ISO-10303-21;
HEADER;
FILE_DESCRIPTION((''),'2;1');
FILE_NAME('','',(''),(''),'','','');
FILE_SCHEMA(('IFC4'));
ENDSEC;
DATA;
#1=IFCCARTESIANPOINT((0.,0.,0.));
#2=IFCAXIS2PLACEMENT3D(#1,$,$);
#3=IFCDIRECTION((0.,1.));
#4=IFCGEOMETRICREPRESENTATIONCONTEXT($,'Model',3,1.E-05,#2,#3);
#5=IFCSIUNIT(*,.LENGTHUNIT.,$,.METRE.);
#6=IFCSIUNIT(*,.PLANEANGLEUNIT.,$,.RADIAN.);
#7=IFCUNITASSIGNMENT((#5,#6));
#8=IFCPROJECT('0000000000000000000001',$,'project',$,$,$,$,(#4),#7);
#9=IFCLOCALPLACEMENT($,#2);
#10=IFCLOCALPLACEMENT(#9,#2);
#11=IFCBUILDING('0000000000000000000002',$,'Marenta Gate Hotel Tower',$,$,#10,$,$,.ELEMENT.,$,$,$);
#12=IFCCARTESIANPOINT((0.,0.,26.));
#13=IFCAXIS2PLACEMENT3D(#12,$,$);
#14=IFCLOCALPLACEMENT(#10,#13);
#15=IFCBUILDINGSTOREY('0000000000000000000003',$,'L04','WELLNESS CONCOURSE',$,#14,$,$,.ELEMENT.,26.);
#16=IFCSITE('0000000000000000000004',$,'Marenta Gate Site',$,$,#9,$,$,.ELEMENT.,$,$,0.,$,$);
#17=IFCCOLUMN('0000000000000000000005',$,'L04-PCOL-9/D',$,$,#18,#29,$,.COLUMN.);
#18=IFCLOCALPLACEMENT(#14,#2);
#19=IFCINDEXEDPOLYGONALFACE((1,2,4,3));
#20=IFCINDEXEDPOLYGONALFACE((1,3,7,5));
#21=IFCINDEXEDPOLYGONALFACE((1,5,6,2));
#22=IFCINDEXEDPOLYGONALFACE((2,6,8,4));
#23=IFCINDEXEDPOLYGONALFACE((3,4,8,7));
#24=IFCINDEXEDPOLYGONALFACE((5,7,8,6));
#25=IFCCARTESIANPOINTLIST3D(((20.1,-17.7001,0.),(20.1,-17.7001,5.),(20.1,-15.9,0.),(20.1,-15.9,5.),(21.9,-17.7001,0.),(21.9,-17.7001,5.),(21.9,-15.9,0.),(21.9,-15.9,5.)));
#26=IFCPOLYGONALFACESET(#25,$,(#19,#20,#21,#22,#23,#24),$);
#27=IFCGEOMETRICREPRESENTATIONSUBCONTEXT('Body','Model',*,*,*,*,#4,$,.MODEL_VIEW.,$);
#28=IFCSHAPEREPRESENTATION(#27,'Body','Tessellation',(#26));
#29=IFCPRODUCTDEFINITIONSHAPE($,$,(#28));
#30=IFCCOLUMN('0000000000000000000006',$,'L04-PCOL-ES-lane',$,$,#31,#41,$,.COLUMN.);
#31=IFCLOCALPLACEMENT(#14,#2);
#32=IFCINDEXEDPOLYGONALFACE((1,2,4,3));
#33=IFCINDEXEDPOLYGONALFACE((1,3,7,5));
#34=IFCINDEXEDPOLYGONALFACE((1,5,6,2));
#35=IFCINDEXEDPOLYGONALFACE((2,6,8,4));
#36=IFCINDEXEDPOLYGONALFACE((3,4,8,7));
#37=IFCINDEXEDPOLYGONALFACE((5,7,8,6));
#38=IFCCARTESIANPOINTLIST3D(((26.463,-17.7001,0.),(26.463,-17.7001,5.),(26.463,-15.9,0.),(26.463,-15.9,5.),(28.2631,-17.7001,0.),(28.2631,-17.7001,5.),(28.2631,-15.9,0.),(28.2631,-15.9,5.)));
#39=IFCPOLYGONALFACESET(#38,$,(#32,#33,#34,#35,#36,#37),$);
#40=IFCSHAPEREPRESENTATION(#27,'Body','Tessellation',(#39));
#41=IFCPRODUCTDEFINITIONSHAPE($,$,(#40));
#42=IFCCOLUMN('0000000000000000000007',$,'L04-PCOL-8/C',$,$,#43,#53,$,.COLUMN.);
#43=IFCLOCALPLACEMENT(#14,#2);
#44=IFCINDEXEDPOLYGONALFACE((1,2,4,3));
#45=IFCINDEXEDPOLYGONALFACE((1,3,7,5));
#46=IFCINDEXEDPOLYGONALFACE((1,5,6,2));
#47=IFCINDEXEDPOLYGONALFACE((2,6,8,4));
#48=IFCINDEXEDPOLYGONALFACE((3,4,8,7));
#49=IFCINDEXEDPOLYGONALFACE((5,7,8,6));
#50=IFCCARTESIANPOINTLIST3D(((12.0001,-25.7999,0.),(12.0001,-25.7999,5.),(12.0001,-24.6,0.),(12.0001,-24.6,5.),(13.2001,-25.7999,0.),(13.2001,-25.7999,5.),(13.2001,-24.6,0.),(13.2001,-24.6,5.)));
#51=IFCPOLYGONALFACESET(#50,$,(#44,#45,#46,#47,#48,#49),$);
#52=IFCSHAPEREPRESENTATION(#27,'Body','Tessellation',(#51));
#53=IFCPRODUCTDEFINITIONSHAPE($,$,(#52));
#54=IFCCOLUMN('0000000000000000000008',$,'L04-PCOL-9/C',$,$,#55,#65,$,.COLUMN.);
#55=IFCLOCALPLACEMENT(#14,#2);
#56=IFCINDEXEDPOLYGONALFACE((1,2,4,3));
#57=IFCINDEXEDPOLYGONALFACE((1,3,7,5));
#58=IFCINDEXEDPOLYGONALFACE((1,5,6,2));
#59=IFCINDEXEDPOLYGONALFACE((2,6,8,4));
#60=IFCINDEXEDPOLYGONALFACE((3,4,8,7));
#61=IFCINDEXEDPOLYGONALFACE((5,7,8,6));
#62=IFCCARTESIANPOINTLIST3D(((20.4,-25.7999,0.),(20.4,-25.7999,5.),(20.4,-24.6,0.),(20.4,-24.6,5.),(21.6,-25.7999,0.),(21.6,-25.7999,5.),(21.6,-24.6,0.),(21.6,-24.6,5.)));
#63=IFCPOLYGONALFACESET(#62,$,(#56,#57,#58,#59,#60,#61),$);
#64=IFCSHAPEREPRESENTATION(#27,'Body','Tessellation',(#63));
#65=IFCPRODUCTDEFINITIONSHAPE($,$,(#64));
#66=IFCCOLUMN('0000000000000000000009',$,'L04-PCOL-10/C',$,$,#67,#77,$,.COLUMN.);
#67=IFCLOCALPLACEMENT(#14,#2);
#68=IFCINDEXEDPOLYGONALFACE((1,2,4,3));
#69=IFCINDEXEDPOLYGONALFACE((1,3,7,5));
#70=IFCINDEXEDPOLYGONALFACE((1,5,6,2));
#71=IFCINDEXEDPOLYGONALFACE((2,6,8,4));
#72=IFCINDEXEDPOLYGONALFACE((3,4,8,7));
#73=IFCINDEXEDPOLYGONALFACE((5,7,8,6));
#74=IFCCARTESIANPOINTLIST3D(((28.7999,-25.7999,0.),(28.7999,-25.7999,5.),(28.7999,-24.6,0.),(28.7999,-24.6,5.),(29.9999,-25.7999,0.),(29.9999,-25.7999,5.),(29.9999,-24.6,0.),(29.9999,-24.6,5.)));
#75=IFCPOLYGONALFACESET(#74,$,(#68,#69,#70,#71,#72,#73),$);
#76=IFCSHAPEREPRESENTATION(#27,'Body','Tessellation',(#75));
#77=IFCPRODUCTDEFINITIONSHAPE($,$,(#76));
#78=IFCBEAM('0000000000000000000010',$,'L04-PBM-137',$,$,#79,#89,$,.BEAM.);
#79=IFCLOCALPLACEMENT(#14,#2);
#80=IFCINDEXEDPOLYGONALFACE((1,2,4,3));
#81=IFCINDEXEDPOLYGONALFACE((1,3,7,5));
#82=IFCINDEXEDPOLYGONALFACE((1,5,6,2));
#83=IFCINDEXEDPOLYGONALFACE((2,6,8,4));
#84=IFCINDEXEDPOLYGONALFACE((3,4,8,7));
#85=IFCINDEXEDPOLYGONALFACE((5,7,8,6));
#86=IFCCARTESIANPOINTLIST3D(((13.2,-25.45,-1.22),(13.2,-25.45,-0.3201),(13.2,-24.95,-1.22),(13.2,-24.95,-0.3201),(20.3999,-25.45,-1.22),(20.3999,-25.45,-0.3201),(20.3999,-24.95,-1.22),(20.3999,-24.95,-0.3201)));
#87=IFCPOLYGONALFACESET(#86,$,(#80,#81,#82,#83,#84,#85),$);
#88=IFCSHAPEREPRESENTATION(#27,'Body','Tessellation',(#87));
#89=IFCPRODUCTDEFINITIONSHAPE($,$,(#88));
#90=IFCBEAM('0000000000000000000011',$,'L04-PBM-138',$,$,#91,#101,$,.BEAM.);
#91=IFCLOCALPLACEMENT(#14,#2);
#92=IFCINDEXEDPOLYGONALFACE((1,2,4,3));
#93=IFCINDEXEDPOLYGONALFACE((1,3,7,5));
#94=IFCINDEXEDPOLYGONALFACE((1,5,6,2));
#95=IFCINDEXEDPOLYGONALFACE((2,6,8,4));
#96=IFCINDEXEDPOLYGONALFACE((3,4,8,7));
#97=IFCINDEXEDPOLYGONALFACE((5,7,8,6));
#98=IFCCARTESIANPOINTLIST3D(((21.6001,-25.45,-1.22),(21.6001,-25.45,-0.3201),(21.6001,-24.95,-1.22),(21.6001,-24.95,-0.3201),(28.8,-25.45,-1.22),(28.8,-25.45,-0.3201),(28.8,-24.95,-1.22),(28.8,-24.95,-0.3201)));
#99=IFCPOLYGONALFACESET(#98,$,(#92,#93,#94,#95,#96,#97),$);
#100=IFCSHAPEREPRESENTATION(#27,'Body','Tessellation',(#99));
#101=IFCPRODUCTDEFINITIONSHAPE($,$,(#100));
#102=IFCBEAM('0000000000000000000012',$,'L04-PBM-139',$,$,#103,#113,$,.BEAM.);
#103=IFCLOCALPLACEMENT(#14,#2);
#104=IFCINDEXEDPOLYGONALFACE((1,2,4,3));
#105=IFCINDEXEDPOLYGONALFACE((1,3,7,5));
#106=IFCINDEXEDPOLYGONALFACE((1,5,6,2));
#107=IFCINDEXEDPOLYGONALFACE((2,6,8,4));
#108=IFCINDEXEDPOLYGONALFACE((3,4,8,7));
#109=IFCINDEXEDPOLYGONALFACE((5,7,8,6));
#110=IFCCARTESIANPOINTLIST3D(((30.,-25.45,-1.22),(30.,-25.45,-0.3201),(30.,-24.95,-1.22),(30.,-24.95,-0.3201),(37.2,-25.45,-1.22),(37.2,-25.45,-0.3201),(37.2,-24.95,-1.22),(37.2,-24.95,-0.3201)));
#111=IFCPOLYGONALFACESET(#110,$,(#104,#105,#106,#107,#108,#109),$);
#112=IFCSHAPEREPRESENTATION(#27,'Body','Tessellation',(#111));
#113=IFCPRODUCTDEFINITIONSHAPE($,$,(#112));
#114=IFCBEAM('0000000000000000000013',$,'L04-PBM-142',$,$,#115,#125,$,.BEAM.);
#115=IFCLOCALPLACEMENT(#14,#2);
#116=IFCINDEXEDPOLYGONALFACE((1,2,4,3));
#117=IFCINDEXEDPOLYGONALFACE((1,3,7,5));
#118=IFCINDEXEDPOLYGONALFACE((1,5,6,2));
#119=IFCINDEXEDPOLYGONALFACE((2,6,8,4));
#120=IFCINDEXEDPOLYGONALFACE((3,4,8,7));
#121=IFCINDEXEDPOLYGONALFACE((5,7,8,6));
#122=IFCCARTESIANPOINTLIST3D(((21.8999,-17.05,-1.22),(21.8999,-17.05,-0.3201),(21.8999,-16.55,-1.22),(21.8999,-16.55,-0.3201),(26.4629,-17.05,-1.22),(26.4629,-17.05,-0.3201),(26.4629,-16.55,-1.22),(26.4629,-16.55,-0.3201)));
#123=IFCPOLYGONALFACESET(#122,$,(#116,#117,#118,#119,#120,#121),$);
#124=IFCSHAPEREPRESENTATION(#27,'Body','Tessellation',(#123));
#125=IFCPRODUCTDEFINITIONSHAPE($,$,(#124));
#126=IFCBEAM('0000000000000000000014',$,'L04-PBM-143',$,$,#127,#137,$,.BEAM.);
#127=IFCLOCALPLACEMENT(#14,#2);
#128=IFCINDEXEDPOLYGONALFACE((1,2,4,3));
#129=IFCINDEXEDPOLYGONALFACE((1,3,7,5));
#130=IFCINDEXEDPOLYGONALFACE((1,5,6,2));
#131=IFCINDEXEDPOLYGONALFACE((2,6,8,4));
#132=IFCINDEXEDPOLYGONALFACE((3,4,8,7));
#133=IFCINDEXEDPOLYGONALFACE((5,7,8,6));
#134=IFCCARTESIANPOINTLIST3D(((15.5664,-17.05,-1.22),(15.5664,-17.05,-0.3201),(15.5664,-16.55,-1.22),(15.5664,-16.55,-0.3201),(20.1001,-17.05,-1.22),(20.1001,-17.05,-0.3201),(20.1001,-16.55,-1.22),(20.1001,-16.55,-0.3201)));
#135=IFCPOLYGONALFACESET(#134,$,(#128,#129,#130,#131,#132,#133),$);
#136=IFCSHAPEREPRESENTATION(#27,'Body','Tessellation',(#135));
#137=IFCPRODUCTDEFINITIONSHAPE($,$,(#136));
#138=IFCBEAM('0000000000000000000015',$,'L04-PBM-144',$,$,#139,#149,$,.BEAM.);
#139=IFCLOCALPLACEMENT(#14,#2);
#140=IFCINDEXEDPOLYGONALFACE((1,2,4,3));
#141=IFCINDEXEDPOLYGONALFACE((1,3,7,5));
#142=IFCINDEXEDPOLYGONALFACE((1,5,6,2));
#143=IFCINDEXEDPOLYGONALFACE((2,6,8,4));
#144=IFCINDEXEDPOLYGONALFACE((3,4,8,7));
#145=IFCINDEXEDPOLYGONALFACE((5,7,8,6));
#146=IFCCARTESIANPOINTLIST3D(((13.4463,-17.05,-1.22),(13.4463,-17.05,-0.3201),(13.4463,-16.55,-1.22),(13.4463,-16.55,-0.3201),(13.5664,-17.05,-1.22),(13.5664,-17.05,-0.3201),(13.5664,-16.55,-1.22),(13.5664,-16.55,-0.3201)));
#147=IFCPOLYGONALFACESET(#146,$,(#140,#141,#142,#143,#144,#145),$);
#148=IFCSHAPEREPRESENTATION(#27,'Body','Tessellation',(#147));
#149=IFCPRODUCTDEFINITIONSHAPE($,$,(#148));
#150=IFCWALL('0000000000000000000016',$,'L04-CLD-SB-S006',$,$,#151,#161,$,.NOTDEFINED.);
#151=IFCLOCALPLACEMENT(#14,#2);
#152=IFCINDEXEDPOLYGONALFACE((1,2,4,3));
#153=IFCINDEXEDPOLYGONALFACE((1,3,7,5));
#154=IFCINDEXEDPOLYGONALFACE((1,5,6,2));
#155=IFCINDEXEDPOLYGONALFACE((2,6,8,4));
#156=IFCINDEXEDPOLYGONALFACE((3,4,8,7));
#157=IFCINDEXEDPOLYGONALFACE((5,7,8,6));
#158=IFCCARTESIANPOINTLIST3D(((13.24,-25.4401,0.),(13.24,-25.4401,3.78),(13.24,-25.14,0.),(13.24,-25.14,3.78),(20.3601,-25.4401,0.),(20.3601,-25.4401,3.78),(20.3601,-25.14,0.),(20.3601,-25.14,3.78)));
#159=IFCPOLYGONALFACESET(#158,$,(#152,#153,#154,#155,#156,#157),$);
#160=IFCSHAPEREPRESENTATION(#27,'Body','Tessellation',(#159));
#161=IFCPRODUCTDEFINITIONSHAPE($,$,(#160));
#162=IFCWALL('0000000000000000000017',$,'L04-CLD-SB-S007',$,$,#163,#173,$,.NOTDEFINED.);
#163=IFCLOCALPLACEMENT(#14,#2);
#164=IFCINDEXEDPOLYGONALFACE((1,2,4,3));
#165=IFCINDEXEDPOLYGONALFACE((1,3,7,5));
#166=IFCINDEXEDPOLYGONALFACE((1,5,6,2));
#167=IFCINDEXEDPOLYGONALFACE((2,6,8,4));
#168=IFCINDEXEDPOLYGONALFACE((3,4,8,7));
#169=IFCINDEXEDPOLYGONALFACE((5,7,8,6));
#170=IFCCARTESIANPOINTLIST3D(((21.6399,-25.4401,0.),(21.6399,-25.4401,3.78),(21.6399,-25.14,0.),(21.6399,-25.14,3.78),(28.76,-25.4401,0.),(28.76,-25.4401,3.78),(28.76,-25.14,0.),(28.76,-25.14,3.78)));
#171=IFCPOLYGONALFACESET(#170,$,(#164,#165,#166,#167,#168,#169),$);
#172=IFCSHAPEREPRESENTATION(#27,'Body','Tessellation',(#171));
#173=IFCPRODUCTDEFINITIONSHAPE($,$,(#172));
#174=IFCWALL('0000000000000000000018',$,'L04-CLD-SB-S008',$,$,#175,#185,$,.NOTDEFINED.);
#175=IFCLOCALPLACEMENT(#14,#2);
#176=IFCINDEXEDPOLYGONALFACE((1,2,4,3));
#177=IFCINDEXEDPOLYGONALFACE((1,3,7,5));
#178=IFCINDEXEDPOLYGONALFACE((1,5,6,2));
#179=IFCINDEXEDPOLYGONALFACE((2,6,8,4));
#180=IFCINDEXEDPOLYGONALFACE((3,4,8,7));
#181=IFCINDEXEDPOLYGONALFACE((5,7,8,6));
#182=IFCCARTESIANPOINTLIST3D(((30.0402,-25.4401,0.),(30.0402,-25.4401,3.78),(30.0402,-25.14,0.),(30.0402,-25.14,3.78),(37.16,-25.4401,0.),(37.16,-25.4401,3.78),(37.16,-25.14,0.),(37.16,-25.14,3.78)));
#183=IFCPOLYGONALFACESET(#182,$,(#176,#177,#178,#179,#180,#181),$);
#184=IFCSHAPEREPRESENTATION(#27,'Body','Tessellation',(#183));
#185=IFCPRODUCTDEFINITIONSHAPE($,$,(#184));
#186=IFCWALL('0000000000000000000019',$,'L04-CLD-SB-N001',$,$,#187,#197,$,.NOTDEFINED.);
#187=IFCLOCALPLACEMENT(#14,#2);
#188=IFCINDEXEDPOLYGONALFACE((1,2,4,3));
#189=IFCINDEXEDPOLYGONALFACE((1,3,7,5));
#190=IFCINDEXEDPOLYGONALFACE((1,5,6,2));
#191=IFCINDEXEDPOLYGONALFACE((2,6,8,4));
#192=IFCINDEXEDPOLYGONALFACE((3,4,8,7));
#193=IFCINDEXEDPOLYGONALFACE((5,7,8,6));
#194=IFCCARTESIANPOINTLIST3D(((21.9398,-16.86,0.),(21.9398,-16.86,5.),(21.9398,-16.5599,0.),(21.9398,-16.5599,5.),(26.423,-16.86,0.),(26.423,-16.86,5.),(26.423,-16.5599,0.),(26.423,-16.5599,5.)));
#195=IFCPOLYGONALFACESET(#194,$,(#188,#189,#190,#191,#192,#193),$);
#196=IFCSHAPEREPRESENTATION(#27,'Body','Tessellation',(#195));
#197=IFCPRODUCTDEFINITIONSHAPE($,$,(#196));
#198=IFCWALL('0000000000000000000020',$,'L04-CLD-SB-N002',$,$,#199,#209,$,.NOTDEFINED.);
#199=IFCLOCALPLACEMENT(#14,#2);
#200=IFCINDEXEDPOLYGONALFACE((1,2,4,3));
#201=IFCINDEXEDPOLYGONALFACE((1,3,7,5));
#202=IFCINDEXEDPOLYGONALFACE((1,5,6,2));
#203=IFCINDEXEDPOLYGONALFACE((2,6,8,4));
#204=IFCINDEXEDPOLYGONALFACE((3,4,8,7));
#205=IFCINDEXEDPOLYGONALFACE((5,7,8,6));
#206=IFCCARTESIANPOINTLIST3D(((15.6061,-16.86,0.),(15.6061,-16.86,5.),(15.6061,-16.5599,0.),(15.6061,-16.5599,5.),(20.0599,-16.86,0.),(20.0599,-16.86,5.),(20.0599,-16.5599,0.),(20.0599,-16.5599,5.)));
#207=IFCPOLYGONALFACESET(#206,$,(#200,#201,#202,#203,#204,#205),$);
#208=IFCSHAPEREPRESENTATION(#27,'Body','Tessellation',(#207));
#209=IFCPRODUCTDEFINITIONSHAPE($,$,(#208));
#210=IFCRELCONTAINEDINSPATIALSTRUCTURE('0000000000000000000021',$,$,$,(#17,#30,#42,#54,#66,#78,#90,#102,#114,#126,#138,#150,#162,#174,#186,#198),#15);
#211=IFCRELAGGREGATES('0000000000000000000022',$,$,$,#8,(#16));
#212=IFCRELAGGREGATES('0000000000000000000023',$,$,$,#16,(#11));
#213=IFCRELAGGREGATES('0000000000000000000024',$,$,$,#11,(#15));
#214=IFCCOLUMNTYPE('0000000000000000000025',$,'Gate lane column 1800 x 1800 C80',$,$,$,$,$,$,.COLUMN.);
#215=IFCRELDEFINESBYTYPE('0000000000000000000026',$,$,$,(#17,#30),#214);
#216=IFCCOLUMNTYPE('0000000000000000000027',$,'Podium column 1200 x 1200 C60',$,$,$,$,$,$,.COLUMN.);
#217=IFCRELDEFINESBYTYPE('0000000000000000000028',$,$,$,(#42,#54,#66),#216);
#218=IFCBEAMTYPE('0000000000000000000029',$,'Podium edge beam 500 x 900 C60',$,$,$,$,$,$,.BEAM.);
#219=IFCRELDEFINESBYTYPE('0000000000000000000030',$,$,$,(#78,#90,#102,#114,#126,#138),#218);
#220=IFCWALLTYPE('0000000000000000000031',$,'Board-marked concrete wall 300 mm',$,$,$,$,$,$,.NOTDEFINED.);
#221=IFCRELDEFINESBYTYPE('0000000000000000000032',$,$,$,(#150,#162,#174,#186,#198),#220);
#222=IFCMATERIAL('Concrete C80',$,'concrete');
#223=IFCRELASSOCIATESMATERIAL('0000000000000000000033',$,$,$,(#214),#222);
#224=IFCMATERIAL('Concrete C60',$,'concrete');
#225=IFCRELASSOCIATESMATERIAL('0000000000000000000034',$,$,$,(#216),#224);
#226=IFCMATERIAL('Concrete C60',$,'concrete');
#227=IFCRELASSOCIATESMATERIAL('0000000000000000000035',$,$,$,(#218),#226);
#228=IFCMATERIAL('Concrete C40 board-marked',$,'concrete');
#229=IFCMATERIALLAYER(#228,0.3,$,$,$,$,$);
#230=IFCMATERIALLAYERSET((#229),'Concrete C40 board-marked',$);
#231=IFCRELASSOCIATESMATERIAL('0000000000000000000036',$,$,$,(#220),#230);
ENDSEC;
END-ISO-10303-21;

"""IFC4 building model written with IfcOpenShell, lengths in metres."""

from ifc_helpers import new_model, si_unit, direction, frame, frame_2d, origin, origin_2d, place, context, subcontext, project, spatial, rectangle, extrude, material, layer, layer_set, material_profile, profile_set, type_object, element, save


model = new_model("IFC4")

# Units and contexts
model_context = context("Model", 3, precision=1e-05, world=origin(), true_north=direction((0.0, 1.0)))
body_context = subcontext(model_context, "Body", "Model", "MODEL_VIEW")
ifc_project = project(units=[si_unit("LENGTHUNIT", "METRE"), si_unit("PLANEANGLEUNIT", "RADIAN")], contexts=[model_context])

# Site, building, storey
site_placement = place(None, origin())
site = spatial("IfcSite", under=ifc_project, at=site_placement, Name="Marenta Gate Site", CompositionType="ELEMENT", RefElevation=0.0)
building_placement = place(site_placement, origin())
building = spatial("IfcBuilding", under=site, at=building_placement, Name="Marenta Gate Hotel Tower", CompositionType="ELEMENT")
storey_placement = place(building_placement, frame((0.0, 0.0, 26.0)))
storey = spatial("IfcBuildingStorey", under=building, at=storey_placement, Name="L04", Description="WELLNESS CONCOURSE", CompositionType="ELEMENT", Elevation=26.0)

# Columns
ifc_material_1 = material(Name="Concrete C80", Category="concrete")
ifc_material_profile_1 = material_profile(ifc_material_1, rectangle(XDim=1.8, YDim=1.8, at=origin_2d()), Name="1800 x 1800")
ifc_profile_set_1 = profile_set([ifc_material_profile_1], Name="Concrete C80")
column_type_1 = type_object("IfcColumnType", Name="Gate lane column 1800 x 1800 C80", PredefinedType="COLUMN", material=ifc_profile_set_1)
for number, where, z_axis, x_axis, name in (
    (1, (21.0, -16.8, 0.0), (0.0, 0.0, 1.0), (1.0, 0.0, 0.0), "L04-PCOL-9/D"),
    (2, (27.363, -16.8, 0.0), (0.0, 0.0, 1.0), (1.0, 0.0, 0.0), "L04-PCOL-ES-lane"),
):
    element("IfcColumn", number, at=place(storey_placement, frame(where, z_axis=z_axis, x_axis=x_axis)), inside=storey, type_object=column_type_1, Name=name, PredefinedType="COLUMN", context=body_context, shape_type="SweptSolid", body=[
        extrude(rectangle(XDim=1.8, YDim=1.8, at=origin_2d()), origin(), (0.0, 0.0, 1.0), 5.0),
    ])
ifc_material_2 = material(Name="Concrete C60", Category="concrete")
ifc_material_profile_2 = material_profile(ifc_material_2, rectangle(XDim=1.2, YDim=1.2, at=origin_2d()), Name="1200 x 1200")
ifc_profile_set_2 = profile_set([ifc_material_profile_2], Name="Concrete C60")
column_type_2 = type_object("IfcColumnType", Name="Podium column 1200 x 1200 C60", PredefinedType="COLUMN", material=ifc_profile_set_2)
for number, where, z_axis, x_axis, name in (
    (3, (12.6001, -25.2, 0.0), (0.0, 0.0, 1.0), (1.0, 0.0, 0.0), "L04-PCOL-8/C"),
    (4, (21.0, -25.2, 0.0), (0.0, 0.0, 1.0), (1.0, 0.0, 0.0), "L04-PCOL-9/C"),
    (5, (29.3999, -25.2, 0.0), (0.0, 0.0, 1.0), (1.0, 0.0, 0.0), "L04-PCOL-10/C"),
):
    element("IfcColumn", number, at=place(storey_placement, frame(where, z_axis=z_axis, x_axis=x_axis)), inside=storey, type_object=column_type_2, Name=name, PredefinedType="COLUMN", context=body_context, shape_type="SweptSolid", body=[
        extrude(rectangle(XDim=1.2, YDim=1.2, at=origin_2d()), origin(), (0.0, 0.0, 1.0), 5.0),
    ])

# Beams
ifc_material_3 = material(Name="Concrete C60", Category="concrete")
ifc_material_profile_3 = material_profile(ifc_material_3, rectangle(XDim=0.5, YDim=0.8999, at=origin_2d()), Name="500 x 900")
ifc_profile_set_3 = profile_set([ifc_material_profile_3], Name="Concrete C60")
beam_type = type_object("IfcBeamType", Name="Podium edge beam 500 x 900 C60", PredefinedType="BEAM", material=ifc_profile_set_3)
for number, where, z_axis, x_axis, name in (
    (6, (13.2, -25.2, -0.77), (1.0, 0.0, 0.0), (0.0, 1.0, 0.0), "L04-PBM-137"),
    (7, (21.6001, -25.2, -0.77), (1.0, 0.0, 0.0), (0.0, 1.0, 0.0), "L04-PBM-138"),
    (8, (30.0, -25.2, -0.77), (1.0, 0.0, 0.0), (0.0, 1.0, 0.0), "L04-PBM-139"),
):
    element("IfcBeam", number, at=place(storey_placement, frame(where, z_axis=z_axis, x_axis=x_axis)), inside=storey, type_object=beam_type, Name=name, PredefinedType="BEAM", context=body_context, shape_type="SweptSolid", body=[
        extrude(rectangle(XDim=0.5, YDim=0.8999, at=origin_2d()), origin(), (0.0, 0.0, 1.0), 7.2),
    ])
beam_1_placement = place(storey_placement, frame((26.4629, -16.8, -0.77), z_axis=(-1.0, 0.0, 0.0), x_axis=(0.0, -1.0, 0.0)))
element("IfcBeam", 9, at=beam_1_placement, inside=storey, type_object=beam_type, Name="L04-PBM-142", PredefinedType="BEAM", context=body_context, shape_type="SweptSolid", body=[
    extrude(rectangle(XDim=0.5, YDim=0.8999, at=origin_2d()), origin(), (0.0, 0.0, 1.0), 4.563),
])
beam_2_placement = place(storey_placement, frame((20.1001, -16.8, -0.77), z_axis=(-1.0, 0.0, 0.0), x_axis=(0.0, -1.0, 0.0)))
element("IfcBeam", 10, at=beam_2_placement, inside=storey, type_object=beam_type, Name="L04-PBM-143", PredefinedType="BEAM", context=body_context, shape_type="SweptSolid", body=[
    extrude(rectangle(XDim=0.5, YDim=0.8999, at=origin_2d()), origin(), (0.0, 0.0, 1.0), 4.5337),
])
beam_3_placement = place(storey_placement, frame((13.5664, -16.8, -0.77), z_axis=(-1.0, 0.0, 0.0), x_axis=(0.0, -1.0, 0.0)))
element("IfcBeam", 11, at=beam_3_placement, inside=storey, type_object=beam_type, Name="L04-PBM-144", PredefinedType="BEAM", context=body_context, shape_type="SweptSolid", body=[
    extrude(rectangle(XDim=0.5, YDim=0.8999, at=origin_2d()), origin(), (0.0, 0.0, 1.0), 0.1201),
])

# Walls
ifc_material_4 = material(Name="Concrete C40 board-marked", Category="concrete")
ifc_layer_1 = layer(ifc_material_4, 0.3)
ifc_layer_set_1 = layer_set([ifc_layer_1], Name="Concrete C40 board-marked")
wall_type_1 = type_object("IfcWallType", Name="Board-marked concrete wall 300 mm", PredefinedType="NOTDEFINED", material=ifc_layer_set_1)
for number, where, z_axis, x_axis, name in (
    (12, (13.24, -25.29, 0.0), (0.0, 0.0, 1.0), (1.0, 0.0, 0.0), "L04-CLD-SB-S006"),
    (13, (21.6399, -25.29, 0.0), (0.0, 0.0, 1.0), (1.0, 0.0, 0.0), "L04-CLD-SB-S007"),
):
    element("IfcWall", number, at=place(storey_placement, frame(where, z_axis=z_axis, x_axis=x_axis)), inside=storey, type_object=wall_type_1, Name=name, PredefinedType="NOTDEFINED", context=body_context, shape_type="SweptSolid", body=[
        extrude(rectangle(XDim=7.1201, YDim=0.3, at=frame_2d((3.5601, 0.0))), origin(), (0.0, 0.0, 1.0), 3.78),
    ])
wall_1_placement = place(storey_placement, frame((30.04, -25.29, 0.0), z_axis=(0.0, 0.0, 1.0), x_axis=(1.0, 0.0, 0.0)))
element("IfcWall", 14, at=wall_1_placement, inside=storey, type_object=wall_type_1, Name="L04-CLD-SB-S008", PredefinedType="NOTDEFINED", context=body_context, shape_type="SweptSolid", body=[
    extrude(rectangle(XDim=7.1199, YDim=0.3, at=frame_2d((3.5601, 0.0))), origin(), (0.0, 0.0, 1.0), 3.78),
])
wall_2_placement = place(storey_placement, frame((26.4231, -16.71, 0.0), z_axis=(0.0, 0.0, 1.0), x_axis=(-1.0, 0.0, 0.0)))
element("IfcWall", 15, at=wall_2_placement, inside=storey, type_object=wall_type_1, Name="L04-CLD-SB-N001", PredefinedType="NOTDEFINED", context=body_context, shape_type="SweptSolid", body=[
    extrude(rectangle(XDim=4.4832, YDim=0.3, at=frame_2d((2.2417, 0.0))), origin(), (0.0, 0.0, 1.0), 5.0),
])
wall_3_placement = place(storey_placement, frame((20.0601, -16.71, 0.0), z_axis=(0.0, 0.0, 1.0), x_axis=(-1.0, 0.0, 0.0)))
element("IfcWall", 16, at=wall_3_placement, inside=storey, type_object=wall_type_1, Name="L04-CLD-SB-N002", PredefinedType="NOTDEFINED", context=body_context, shape_type="SweptSolid", body=[
    extrude(rectangle(XDim=4.4539, YDim=0.3, at=frame_2d((2.2271, 0.0))), origin(), (0.0, 0.0, 1.0), 5.0),
])

save(model, "model.ifc")
